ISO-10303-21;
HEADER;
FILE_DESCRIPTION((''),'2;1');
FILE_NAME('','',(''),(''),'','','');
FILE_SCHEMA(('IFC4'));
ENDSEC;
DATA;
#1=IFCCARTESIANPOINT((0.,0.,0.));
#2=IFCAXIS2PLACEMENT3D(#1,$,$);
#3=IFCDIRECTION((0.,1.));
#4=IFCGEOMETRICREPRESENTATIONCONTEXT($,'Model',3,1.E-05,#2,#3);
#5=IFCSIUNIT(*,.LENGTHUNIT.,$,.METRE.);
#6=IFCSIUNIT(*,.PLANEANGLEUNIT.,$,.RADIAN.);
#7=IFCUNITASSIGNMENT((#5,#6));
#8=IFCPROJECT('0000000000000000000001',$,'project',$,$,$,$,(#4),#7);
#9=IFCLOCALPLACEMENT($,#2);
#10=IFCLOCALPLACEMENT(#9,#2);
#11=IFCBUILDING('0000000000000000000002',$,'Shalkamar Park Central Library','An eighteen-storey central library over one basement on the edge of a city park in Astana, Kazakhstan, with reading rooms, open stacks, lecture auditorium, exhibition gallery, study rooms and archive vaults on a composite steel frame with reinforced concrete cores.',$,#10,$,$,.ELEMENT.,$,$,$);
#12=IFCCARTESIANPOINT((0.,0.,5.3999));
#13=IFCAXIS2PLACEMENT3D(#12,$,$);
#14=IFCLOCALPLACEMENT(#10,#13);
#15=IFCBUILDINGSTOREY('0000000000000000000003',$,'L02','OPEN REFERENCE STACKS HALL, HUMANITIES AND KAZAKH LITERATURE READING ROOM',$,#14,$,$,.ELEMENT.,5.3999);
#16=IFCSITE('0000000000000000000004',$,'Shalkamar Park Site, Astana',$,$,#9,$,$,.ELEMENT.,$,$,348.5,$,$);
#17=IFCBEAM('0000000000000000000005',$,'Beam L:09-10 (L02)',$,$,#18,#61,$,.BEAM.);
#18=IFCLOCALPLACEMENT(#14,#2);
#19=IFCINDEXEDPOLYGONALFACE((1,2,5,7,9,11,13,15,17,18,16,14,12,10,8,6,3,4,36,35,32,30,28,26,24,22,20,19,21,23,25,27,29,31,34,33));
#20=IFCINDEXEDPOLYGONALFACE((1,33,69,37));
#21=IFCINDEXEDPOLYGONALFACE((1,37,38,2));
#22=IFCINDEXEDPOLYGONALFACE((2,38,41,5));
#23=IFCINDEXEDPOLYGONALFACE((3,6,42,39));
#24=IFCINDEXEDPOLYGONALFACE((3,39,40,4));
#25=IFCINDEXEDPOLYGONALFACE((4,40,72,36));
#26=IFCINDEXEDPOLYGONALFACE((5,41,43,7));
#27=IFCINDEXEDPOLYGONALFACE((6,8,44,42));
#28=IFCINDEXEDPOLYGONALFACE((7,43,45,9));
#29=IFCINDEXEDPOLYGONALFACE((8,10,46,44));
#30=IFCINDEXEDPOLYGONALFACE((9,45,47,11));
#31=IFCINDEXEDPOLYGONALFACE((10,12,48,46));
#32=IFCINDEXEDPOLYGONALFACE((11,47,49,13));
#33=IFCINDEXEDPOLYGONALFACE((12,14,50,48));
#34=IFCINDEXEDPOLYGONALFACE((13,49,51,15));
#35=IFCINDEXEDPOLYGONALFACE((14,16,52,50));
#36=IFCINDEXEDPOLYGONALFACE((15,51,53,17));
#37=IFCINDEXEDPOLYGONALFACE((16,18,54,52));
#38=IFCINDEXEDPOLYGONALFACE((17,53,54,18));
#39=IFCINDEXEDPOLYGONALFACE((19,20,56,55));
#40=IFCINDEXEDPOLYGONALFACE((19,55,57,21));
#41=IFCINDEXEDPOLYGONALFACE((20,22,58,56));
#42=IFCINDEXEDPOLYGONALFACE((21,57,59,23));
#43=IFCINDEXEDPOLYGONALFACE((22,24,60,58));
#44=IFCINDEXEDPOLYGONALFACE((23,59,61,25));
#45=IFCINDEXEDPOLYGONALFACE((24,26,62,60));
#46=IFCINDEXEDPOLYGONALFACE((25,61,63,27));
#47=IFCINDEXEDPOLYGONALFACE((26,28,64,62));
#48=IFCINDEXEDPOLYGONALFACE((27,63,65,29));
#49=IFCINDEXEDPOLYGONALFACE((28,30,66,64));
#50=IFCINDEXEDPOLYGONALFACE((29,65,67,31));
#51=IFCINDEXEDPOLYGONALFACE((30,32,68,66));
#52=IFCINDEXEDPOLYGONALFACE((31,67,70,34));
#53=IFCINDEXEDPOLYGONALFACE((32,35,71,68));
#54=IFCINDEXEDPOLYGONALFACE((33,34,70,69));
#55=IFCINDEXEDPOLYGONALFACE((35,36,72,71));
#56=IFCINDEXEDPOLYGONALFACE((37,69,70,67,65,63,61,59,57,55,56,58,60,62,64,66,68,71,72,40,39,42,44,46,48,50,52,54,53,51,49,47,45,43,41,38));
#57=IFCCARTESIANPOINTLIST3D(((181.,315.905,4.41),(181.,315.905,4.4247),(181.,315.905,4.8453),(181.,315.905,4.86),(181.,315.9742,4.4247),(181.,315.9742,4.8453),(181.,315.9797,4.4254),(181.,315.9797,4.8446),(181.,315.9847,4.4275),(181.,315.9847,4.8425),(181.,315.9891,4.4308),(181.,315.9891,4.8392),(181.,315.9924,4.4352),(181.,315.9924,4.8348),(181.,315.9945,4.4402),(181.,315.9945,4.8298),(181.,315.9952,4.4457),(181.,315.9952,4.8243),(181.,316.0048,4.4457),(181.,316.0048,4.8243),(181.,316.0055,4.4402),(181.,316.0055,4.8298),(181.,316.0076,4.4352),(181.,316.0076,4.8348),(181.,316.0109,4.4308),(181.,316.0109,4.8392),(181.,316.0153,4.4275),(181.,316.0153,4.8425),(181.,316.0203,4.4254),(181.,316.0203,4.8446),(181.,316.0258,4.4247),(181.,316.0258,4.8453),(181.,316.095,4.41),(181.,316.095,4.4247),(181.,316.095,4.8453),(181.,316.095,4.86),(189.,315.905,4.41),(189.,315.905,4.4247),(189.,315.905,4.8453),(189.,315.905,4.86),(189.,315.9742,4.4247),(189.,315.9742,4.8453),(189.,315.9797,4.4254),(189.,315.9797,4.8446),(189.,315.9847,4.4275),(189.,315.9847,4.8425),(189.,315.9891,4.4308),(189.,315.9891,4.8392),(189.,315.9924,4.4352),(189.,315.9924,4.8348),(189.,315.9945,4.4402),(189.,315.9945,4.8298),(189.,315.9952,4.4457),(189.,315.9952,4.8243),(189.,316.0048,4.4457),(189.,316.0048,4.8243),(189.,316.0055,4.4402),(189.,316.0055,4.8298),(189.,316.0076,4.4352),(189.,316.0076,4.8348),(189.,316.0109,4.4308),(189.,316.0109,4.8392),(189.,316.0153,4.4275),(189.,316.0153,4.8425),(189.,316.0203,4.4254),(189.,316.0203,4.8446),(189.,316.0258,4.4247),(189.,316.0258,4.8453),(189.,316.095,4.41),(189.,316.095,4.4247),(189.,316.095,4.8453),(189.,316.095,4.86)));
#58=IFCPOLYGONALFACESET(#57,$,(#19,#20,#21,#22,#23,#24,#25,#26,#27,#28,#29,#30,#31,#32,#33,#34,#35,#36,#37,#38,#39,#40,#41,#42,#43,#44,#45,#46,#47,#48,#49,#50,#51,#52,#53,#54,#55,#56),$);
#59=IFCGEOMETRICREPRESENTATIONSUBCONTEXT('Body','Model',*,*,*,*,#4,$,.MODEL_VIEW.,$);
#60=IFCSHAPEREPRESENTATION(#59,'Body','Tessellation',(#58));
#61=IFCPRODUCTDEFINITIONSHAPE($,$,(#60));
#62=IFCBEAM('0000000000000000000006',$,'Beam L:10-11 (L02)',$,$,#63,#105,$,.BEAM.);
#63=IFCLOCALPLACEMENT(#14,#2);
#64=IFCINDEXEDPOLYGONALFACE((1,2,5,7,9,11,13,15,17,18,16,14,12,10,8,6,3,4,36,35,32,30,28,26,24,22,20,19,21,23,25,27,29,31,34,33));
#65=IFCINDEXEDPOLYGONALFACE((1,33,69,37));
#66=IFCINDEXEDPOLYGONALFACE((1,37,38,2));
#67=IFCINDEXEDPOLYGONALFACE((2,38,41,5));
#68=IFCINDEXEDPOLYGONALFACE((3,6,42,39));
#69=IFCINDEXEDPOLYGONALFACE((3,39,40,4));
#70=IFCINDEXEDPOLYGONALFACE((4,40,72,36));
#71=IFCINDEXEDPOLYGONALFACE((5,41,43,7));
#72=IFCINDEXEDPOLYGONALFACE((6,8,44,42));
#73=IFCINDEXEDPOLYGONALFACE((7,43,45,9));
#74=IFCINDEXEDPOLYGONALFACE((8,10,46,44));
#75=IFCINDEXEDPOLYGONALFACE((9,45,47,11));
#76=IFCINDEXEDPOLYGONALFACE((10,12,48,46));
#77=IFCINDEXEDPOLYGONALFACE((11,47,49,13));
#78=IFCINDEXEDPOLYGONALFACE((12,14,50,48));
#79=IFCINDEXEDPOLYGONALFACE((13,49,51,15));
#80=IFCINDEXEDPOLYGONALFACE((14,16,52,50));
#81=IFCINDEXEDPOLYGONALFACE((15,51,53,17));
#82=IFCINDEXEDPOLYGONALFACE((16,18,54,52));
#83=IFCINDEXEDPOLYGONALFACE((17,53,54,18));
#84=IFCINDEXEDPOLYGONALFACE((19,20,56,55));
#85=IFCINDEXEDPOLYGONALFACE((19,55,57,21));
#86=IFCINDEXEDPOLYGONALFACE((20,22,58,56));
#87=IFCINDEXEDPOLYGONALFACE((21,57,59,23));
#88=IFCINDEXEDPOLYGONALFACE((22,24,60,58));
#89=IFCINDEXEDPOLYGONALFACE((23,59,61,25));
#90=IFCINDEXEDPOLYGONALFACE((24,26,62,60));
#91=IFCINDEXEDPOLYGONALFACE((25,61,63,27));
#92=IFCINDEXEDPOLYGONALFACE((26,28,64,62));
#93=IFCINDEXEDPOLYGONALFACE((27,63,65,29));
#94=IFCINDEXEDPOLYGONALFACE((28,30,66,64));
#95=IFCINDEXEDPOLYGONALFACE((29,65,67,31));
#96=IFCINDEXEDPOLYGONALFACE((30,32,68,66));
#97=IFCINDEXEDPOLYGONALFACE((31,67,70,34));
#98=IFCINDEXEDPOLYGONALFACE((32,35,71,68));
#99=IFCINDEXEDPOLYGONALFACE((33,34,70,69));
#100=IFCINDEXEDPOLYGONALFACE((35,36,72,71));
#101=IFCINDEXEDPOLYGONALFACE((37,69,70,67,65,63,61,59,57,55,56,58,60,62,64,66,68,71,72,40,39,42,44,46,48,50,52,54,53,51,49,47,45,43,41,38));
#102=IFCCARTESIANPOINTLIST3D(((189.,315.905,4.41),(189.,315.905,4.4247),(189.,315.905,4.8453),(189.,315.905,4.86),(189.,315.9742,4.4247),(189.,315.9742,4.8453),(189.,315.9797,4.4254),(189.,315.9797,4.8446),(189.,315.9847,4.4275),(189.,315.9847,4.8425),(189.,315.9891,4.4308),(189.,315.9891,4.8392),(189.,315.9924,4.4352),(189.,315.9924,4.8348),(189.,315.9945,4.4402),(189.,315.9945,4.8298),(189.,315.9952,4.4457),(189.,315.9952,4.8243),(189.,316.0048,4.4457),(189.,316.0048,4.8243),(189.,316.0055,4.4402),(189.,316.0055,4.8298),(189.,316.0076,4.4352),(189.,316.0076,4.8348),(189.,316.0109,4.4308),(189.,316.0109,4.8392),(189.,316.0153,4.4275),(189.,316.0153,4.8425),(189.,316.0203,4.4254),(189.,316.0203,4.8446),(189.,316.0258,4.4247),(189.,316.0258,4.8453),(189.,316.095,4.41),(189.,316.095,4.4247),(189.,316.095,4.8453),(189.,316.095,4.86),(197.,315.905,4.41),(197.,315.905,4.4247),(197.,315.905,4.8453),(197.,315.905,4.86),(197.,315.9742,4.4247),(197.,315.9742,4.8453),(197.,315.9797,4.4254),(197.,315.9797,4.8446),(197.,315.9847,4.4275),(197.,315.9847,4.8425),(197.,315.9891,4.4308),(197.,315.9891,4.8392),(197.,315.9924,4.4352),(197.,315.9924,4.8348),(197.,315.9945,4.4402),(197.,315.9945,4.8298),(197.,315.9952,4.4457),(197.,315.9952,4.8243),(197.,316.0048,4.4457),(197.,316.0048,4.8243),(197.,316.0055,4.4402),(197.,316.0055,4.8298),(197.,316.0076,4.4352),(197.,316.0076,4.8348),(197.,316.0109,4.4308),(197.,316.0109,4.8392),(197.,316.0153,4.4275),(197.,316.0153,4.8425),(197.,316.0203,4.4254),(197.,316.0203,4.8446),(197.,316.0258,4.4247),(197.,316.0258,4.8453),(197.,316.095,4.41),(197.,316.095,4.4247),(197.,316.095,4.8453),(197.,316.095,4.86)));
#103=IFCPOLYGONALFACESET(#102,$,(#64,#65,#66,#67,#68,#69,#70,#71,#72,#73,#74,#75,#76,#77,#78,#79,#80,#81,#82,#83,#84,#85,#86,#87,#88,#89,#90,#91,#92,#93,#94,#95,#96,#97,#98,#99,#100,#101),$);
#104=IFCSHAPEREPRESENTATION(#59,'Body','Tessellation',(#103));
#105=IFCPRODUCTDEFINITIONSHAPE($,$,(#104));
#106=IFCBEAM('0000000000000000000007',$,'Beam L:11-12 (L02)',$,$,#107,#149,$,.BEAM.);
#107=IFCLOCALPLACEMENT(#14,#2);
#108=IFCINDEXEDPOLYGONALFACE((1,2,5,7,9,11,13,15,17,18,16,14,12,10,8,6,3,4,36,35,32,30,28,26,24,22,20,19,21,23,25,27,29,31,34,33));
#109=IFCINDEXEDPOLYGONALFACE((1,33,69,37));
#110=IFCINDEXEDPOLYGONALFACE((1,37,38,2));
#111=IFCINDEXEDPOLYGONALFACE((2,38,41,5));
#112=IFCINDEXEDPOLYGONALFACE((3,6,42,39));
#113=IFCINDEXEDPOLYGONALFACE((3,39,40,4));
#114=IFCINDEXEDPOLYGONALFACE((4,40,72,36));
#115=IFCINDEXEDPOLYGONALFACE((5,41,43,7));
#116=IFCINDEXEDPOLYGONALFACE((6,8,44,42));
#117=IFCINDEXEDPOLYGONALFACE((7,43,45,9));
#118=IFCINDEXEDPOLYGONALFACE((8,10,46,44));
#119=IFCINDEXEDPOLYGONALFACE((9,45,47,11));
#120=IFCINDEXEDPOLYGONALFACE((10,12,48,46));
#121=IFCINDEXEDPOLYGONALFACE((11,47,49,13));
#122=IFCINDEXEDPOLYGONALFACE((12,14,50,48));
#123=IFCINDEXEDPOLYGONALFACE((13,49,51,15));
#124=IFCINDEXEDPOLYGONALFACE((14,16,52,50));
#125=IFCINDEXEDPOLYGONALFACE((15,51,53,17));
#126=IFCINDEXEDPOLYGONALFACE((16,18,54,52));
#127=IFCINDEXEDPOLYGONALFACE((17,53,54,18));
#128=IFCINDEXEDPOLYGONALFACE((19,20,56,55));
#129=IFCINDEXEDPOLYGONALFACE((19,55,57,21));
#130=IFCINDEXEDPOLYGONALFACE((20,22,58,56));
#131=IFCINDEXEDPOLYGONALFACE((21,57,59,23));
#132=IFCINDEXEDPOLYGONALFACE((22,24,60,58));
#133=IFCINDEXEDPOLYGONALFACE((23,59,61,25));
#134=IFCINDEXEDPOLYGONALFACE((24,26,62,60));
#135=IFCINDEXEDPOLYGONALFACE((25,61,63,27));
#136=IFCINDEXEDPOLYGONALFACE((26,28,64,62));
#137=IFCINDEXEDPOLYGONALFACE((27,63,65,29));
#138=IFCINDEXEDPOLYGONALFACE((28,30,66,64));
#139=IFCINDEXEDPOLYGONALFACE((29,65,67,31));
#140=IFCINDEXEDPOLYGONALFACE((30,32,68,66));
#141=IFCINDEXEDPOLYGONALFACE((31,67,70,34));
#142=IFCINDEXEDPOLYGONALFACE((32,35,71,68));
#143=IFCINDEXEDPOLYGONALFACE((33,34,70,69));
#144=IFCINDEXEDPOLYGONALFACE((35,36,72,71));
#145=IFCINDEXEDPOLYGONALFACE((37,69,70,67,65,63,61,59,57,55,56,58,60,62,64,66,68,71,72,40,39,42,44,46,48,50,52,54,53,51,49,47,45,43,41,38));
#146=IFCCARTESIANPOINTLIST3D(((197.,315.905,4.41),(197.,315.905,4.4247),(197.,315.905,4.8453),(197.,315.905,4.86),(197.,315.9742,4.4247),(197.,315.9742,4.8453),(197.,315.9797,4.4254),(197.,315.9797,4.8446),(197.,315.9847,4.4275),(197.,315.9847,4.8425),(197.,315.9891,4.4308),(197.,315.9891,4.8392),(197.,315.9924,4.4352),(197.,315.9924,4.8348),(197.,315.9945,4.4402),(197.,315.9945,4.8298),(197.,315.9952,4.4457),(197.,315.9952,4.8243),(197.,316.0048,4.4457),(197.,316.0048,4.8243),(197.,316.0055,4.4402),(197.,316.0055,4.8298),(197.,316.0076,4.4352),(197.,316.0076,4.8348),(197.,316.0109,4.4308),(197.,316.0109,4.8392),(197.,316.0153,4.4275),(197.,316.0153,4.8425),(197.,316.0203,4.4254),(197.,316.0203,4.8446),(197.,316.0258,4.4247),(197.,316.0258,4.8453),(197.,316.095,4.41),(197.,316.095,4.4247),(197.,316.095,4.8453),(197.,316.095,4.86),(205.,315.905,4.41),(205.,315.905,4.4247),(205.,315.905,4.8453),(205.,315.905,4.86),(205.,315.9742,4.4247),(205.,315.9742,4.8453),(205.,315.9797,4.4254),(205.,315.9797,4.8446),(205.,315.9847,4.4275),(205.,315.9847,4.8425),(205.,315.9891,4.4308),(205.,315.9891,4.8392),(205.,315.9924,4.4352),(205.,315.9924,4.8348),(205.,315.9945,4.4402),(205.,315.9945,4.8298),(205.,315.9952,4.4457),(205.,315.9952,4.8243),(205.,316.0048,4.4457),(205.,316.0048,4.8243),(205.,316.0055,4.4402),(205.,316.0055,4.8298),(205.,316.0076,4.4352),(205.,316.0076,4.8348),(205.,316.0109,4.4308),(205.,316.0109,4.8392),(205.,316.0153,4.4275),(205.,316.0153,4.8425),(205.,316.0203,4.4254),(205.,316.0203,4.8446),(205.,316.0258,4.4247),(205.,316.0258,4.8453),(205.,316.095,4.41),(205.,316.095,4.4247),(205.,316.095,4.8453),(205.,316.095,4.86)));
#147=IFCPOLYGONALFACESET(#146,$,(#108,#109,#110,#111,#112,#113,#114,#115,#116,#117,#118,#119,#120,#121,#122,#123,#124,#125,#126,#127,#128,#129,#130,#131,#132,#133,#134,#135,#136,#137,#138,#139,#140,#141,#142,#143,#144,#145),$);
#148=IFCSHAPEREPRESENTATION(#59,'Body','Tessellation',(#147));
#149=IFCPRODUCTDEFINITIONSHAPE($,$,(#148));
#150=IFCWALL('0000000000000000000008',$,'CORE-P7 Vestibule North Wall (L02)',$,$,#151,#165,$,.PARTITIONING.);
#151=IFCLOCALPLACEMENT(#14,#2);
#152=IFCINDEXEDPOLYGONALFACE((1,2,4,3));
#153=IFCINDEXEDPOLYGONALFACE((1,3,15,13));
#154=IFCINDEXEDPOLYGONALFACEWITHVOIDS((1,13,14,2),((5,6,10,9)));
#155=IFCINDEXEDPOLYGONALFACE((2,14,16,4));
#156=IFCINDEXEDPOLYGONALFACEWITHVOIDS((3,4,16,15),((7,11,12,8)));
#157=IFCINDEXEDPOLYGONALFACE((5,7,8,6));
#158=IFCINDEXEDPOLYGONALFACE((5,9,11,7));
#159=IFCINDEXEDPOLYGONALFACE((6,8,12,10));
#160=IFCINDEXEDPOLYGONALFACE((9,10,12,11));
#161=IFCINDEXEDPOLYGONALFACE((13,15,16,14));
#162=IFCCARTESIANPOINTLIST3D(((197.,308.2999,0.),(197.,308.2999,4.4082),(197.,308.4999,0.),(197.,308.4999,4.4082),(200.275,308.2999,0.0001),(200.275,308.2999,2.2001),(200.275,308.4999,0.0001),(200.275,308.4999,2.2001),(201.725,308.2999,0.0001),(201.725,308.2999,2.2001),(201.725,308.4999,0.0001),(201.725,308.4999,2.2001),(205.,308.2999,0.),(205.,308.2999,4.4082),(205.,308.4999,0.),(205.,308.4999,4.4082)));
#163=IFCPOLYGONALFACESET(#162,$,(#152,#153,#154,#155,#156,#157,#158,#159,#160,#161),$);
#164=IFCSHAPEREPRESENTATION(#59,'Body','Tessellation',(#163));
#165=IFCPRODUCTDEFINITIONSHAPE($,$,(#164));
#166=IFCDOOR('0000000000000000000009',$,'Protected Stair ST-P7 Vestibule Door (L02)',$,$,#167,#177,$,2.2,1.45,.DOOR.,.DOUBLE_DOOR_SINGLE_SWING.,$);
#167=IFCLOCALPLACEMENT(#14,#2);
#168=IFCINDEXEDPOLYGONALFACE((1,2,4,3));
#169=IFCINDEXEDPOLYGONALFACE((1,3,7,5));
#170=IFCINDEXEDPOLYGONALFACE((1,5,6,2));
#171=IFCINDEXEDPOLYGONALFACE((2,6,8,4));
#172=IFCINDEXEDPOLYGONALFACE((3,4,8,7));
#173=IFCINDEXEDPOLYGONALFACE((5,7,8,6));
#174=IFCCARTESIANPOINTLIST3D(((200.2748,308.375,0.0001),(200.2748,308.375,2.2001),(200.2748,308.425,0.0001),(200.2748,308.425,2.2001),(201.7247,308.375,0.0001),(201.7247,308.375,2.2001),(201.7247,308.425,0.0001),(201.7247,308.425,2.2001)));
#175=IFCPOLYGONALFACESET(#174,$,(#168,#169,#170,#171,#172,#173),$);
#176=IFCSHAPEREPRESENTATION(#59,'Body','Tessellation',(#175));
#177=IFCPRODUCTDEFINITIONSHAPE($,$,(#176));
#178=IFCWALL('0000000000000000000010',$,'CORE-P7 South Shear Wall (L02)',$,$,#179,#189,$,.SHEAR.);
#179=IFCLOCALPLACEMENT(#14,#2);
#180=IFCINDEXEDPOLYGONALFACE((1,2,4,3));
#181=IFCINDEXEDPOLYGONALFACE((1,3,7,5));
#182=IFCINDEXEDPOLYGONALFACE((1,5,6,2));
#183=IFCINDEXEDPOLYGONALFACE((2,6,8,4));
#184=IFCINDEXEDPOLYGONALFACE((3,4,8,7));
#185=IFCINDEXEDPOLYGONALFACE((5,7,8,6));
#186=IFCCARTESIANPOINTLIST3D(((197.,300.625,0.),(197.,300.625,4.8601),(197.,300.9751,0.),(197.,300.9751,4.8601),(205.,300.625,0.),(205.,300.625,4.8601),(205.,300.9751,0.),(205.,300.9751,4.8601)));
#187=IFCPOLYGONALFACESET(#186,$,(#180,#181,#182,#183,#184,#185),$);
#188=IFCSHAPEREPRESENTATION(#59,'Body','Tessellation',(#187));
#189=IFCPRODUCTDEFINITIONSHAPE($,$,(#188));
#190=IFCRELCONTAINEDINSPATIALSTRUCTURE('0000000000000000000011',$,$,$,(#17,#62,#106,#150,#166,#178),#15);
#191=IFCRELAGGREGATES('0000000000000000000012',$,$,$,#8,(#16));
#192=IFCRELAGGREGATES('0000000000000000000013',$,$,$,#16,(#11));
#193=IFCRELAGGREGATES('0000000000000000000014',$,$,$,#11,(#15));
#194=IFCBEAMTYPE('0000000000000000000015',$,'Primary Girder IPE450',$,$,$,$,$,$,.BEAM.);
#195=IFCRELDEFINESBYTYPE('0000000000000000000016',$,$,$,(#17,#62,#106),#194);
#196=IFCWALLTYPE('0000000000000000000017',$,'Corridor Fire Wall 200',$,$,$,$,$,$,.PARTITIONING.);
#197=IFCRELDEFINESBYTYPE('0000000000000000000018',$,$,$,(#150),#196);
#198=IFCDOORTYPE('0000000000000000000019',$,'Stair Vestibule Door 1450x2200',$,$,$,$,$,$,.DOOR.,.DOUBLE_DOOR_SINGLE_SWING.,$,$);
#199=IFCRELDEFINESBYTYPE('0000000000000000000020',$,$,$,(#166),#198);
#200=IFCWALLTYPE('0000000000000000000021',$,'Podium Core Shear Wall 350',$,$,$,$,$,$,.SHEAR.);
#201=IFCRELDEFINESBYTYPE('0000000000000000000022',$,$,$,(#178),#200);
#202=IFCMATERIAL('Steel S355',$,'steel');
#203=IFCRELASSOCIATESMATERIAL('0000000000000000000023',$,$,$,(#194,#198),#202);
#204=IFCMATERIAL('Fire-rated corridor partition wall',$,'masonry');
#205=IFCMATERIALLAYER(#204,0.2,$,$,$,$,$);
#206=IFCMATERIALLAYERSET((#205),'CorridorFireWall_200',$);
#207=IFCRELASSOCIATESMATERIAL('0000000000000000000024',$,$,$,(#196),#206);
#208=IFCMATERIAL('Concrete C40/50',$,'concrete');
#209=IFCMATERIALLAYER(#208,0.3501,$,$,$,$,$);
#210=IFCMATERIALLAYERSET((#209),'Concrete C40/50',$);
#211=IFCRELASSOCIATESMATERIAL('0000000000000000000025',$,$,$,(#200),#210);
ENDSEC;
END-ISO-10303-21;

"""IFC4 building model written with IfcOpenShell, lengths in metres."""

from ifc_helpers import new_model, si_unit, direction, frame, frame_2d, origin, origin_2d, place, context, subcontext, project, spatial, rectangle, i_section, extrude, material, layer, layer_set, material_profile, profile_set, type_object, element, fill, save


model = new_model("IFC4")

# Units and contexts
model_context = context("Model", 3, precision=1e-05, world=origin(), true_north=direction((0.0, 1.0)))
body_context = subcontext(model_context, "Body", "Model", "MODEL_VIEW")
ifc_project = project(units=[si_unit("LENGTHUNIT", "METRE"), si_unit("PLANEANGLEUNIT", "RADIAN")], contexts=[model_context])

# Site, building, storey
site_placement = place(None, origin())
site = spatial("IfcSite", under=ifc_project, at=site_placement, Name="Shalkamar Park Site, Astana", CompositionType="ELEMENT", RefElevation=348.5)
building_placement = place(site_placement, origin())
building = spatial("IfcBuilding", under=site, at=building_placement, Name="Shalkamar Park Central Library", Description="An eighteen-storey central library over one basement on the edge of a city park in Astana, Kazakhstan, with reading rooms, open stacks, lecture auditorium, exhibition gallery, study rooms and archive vaults on a composite steel frame with reinforced concrete cores.", CompositionType="ELEMENT")
storey_placement = place(building_placement, frame((0.0, 0.0, 5.3999)))
storey = spatial("IfcBuildingStorey", under=building, at=storey_placement, Name="L02", Description="OPEN REFERENCE STACKS HALL, HUMANITIES AND KAZAKH LITERATURE READING ROOM", CompositionType="ELEMENT", Elevation=5.3999)

# Shared definitions
ifc_material_1 = material(Name="Steel S355", Category="steel")

# Beams
ifc_material_profile_1 = material_profile(ifc_material_1, i_section(OverallWidth=0.1899, OverallDepth=0.45, WebThickness=0.0095, FlangeThickness=0.0146, FilletRadius=0.021, at=origin_2d()), Name="IPE 450")
ifc_profile_set_1 = profile_set([ifc_material_profile_1], Name="Steel S355")
beam_type_1 = type_object("IfcBeamType", Name="Primary Girder IPE450", PredefinedType="BEAM", material=ifc_profile_set_1)
for number, where, z_axis, x_axis, name in (
    (1, (181.0, 316.0, 4.635), (1.0, 0.0, 0.0), (0.0, 1.0, 0.0), "Beam L:09-10 (L02)"),
    (2, (189.0, 316.0, 4.635), (1.0, 0.0, 0.0), (0.0, 1.0, 0.0), "Beam L:10-11 (L02)"),
    (3, (197.0, 316.0, 4.635), (1.0, 0.0, 0.0), (0.0, 1.0, 0.0), "Beam L:11-12 (L02)"),
):
    element("IfcBeam", number, at=place(storey_placement, frame(where, z_axis=z_axis, x_axis=x_axis)), inside=storey, type_object=beam_type_1, Name=name, PredefinedType="BEAM", context=body_context, shape_type="SweptSolid", body=[
        extrude(i_section(OverallWidth=0.1899, OverallDepth=0.45, WebThickness=0.0095, FlangeThickness=0.0146, FilletRadius=0.021, at=origin_2d()), origin(), (0.0, 0.0, 1.0), 8.0),
    ])

# Wall, opening, door
ifc_material_2 = material(Name="Fire-rated corridor partition wall", Category="masonry")
ifc_layer_1 = layer(ifc_material_2, 0.2)
ifc_layer_set_1 = layer_set([ifc_layer_1], Name="CorridorFireWall_200")
wall_type_1 = type_object("IfcWallType", Name="Corridor Fire Wall 200", PredefinedType="PARTITIONING", material=ifc_layer_set_1)
wall_1_placement = place(storey_placement, frame((197.0, 308.3999, 0.0), z_axis=(0.0, 0.0, 1.0), x_axis=(1.0, 0.0, 0.0)))
wall_1 = element("IfcWall", 4, at=wall_1_placement, inside=storey, type_object=wall_type_1, Name="CORE-P7 Vestibule North Wall (L02)", PredefinedType="PARTITIONING", context=body_context, shape_type="SweptSolid", body=[
    extrude(rectangle(XDim=8.0, YDim=0.2, at=frame_2d((4.0, 0.0))), origin(), (0.0, 0.0, 1.0), 4.4082),
])
opening_1_placement = place(wall_1_placement, frame((3.2749, 0.0, 0.0)))
opening_1 = element("IfcOpeningElement", 5, at=opening_1_placement, cuts=wall_1, PredefinedType="OPENING", context=body_context, shape_type="SweptSolid", body=[
    extrude(rectangle(XDim=1.45, YDim=2.2, at=frame_2d((0.7251, 1.1001))), frame((0.0, 0.1147, 0.0), z_axis=(0.0, -1.0, 0.0), x_axis=(1.0, 0.0, 0.0)), (0.0, 0.0, 1.0), 0.2297),
])
door_type_1 = type_object("IfcDoorType", Name="Stair Vestibule Door 1450x2200", OperationType="DOUBLE_DOOR_SINGLE_SWING", PredefinedType="DOOR", material=ifc_material_1)
door_1_placement = place(opening_1_placement, frame((1.45, 0.0, 0.0), z_axis=(0.0, 0.0, 1.0), x_axis=(-1.0, 0.0, 0.0)))
door_1 = element("IfcDoor", 6, at=door_1_placement, inside=storey, type_object=door_type_1, Name="Protected Stair ST-P7 Vestibule Door (L02)", OperationType="DOUBLE_DOOR_SINGLE_SWING", OverallHeight=2.2, OverallWidth=1.45, PredefinedType="DOOR", context=body_context, shape_type="SweptSolid", body=[
    extrude(rectangle(XDim=1.45, YDim=2.2, at=frame_2d((0.7251, 1.1001))), frame((0.0, 0.0249, 0.0), z_axis=(0.0, -1.0, 0.0), x_axis=(1.0, 0.0, 0.0)), (0.0, 0.0, 1.0), 0.05),
])
fill(opening_1, door_1)

# Wall
ifc_material_3 = material(Name="Concrete C40/50", Category="concrete")
ifc_layer_2 = layer(ifc_material_3, 0.3501)
ifc_layer_set_2 = layer_set([ifc_layer_2], Name="Concrete C40/50")
wall_type_2 = type_object("IfcWallType", Name="Podium Core Shear Wall 350", PredefinedType="SHEAR", material=ifc_layer_set_2)
wall_2_placement = place(storey_placement, frame((197.0, 300.8, 0.0), z_axis=(0.0, 0.0, 1.0), x_axis=(1.0, 0.0, 0.0)))
element("IfcWall", 7, at=wall_2_placement, inside=storey, type_object=wall_type_2, Name="CORE-P7 South Shear Wall (L02)", PredefinedType="SHEAR", context=body_context, shape_type="SweptSolid", body=[
    extrude(rectangle(XDim=8.0, YDim=0.3501, at=frame_2d((4.0, 0.0))), origin(), (0.0, 0.0, 1.0), 4.8601),
])

save(model, "model.ifc")
